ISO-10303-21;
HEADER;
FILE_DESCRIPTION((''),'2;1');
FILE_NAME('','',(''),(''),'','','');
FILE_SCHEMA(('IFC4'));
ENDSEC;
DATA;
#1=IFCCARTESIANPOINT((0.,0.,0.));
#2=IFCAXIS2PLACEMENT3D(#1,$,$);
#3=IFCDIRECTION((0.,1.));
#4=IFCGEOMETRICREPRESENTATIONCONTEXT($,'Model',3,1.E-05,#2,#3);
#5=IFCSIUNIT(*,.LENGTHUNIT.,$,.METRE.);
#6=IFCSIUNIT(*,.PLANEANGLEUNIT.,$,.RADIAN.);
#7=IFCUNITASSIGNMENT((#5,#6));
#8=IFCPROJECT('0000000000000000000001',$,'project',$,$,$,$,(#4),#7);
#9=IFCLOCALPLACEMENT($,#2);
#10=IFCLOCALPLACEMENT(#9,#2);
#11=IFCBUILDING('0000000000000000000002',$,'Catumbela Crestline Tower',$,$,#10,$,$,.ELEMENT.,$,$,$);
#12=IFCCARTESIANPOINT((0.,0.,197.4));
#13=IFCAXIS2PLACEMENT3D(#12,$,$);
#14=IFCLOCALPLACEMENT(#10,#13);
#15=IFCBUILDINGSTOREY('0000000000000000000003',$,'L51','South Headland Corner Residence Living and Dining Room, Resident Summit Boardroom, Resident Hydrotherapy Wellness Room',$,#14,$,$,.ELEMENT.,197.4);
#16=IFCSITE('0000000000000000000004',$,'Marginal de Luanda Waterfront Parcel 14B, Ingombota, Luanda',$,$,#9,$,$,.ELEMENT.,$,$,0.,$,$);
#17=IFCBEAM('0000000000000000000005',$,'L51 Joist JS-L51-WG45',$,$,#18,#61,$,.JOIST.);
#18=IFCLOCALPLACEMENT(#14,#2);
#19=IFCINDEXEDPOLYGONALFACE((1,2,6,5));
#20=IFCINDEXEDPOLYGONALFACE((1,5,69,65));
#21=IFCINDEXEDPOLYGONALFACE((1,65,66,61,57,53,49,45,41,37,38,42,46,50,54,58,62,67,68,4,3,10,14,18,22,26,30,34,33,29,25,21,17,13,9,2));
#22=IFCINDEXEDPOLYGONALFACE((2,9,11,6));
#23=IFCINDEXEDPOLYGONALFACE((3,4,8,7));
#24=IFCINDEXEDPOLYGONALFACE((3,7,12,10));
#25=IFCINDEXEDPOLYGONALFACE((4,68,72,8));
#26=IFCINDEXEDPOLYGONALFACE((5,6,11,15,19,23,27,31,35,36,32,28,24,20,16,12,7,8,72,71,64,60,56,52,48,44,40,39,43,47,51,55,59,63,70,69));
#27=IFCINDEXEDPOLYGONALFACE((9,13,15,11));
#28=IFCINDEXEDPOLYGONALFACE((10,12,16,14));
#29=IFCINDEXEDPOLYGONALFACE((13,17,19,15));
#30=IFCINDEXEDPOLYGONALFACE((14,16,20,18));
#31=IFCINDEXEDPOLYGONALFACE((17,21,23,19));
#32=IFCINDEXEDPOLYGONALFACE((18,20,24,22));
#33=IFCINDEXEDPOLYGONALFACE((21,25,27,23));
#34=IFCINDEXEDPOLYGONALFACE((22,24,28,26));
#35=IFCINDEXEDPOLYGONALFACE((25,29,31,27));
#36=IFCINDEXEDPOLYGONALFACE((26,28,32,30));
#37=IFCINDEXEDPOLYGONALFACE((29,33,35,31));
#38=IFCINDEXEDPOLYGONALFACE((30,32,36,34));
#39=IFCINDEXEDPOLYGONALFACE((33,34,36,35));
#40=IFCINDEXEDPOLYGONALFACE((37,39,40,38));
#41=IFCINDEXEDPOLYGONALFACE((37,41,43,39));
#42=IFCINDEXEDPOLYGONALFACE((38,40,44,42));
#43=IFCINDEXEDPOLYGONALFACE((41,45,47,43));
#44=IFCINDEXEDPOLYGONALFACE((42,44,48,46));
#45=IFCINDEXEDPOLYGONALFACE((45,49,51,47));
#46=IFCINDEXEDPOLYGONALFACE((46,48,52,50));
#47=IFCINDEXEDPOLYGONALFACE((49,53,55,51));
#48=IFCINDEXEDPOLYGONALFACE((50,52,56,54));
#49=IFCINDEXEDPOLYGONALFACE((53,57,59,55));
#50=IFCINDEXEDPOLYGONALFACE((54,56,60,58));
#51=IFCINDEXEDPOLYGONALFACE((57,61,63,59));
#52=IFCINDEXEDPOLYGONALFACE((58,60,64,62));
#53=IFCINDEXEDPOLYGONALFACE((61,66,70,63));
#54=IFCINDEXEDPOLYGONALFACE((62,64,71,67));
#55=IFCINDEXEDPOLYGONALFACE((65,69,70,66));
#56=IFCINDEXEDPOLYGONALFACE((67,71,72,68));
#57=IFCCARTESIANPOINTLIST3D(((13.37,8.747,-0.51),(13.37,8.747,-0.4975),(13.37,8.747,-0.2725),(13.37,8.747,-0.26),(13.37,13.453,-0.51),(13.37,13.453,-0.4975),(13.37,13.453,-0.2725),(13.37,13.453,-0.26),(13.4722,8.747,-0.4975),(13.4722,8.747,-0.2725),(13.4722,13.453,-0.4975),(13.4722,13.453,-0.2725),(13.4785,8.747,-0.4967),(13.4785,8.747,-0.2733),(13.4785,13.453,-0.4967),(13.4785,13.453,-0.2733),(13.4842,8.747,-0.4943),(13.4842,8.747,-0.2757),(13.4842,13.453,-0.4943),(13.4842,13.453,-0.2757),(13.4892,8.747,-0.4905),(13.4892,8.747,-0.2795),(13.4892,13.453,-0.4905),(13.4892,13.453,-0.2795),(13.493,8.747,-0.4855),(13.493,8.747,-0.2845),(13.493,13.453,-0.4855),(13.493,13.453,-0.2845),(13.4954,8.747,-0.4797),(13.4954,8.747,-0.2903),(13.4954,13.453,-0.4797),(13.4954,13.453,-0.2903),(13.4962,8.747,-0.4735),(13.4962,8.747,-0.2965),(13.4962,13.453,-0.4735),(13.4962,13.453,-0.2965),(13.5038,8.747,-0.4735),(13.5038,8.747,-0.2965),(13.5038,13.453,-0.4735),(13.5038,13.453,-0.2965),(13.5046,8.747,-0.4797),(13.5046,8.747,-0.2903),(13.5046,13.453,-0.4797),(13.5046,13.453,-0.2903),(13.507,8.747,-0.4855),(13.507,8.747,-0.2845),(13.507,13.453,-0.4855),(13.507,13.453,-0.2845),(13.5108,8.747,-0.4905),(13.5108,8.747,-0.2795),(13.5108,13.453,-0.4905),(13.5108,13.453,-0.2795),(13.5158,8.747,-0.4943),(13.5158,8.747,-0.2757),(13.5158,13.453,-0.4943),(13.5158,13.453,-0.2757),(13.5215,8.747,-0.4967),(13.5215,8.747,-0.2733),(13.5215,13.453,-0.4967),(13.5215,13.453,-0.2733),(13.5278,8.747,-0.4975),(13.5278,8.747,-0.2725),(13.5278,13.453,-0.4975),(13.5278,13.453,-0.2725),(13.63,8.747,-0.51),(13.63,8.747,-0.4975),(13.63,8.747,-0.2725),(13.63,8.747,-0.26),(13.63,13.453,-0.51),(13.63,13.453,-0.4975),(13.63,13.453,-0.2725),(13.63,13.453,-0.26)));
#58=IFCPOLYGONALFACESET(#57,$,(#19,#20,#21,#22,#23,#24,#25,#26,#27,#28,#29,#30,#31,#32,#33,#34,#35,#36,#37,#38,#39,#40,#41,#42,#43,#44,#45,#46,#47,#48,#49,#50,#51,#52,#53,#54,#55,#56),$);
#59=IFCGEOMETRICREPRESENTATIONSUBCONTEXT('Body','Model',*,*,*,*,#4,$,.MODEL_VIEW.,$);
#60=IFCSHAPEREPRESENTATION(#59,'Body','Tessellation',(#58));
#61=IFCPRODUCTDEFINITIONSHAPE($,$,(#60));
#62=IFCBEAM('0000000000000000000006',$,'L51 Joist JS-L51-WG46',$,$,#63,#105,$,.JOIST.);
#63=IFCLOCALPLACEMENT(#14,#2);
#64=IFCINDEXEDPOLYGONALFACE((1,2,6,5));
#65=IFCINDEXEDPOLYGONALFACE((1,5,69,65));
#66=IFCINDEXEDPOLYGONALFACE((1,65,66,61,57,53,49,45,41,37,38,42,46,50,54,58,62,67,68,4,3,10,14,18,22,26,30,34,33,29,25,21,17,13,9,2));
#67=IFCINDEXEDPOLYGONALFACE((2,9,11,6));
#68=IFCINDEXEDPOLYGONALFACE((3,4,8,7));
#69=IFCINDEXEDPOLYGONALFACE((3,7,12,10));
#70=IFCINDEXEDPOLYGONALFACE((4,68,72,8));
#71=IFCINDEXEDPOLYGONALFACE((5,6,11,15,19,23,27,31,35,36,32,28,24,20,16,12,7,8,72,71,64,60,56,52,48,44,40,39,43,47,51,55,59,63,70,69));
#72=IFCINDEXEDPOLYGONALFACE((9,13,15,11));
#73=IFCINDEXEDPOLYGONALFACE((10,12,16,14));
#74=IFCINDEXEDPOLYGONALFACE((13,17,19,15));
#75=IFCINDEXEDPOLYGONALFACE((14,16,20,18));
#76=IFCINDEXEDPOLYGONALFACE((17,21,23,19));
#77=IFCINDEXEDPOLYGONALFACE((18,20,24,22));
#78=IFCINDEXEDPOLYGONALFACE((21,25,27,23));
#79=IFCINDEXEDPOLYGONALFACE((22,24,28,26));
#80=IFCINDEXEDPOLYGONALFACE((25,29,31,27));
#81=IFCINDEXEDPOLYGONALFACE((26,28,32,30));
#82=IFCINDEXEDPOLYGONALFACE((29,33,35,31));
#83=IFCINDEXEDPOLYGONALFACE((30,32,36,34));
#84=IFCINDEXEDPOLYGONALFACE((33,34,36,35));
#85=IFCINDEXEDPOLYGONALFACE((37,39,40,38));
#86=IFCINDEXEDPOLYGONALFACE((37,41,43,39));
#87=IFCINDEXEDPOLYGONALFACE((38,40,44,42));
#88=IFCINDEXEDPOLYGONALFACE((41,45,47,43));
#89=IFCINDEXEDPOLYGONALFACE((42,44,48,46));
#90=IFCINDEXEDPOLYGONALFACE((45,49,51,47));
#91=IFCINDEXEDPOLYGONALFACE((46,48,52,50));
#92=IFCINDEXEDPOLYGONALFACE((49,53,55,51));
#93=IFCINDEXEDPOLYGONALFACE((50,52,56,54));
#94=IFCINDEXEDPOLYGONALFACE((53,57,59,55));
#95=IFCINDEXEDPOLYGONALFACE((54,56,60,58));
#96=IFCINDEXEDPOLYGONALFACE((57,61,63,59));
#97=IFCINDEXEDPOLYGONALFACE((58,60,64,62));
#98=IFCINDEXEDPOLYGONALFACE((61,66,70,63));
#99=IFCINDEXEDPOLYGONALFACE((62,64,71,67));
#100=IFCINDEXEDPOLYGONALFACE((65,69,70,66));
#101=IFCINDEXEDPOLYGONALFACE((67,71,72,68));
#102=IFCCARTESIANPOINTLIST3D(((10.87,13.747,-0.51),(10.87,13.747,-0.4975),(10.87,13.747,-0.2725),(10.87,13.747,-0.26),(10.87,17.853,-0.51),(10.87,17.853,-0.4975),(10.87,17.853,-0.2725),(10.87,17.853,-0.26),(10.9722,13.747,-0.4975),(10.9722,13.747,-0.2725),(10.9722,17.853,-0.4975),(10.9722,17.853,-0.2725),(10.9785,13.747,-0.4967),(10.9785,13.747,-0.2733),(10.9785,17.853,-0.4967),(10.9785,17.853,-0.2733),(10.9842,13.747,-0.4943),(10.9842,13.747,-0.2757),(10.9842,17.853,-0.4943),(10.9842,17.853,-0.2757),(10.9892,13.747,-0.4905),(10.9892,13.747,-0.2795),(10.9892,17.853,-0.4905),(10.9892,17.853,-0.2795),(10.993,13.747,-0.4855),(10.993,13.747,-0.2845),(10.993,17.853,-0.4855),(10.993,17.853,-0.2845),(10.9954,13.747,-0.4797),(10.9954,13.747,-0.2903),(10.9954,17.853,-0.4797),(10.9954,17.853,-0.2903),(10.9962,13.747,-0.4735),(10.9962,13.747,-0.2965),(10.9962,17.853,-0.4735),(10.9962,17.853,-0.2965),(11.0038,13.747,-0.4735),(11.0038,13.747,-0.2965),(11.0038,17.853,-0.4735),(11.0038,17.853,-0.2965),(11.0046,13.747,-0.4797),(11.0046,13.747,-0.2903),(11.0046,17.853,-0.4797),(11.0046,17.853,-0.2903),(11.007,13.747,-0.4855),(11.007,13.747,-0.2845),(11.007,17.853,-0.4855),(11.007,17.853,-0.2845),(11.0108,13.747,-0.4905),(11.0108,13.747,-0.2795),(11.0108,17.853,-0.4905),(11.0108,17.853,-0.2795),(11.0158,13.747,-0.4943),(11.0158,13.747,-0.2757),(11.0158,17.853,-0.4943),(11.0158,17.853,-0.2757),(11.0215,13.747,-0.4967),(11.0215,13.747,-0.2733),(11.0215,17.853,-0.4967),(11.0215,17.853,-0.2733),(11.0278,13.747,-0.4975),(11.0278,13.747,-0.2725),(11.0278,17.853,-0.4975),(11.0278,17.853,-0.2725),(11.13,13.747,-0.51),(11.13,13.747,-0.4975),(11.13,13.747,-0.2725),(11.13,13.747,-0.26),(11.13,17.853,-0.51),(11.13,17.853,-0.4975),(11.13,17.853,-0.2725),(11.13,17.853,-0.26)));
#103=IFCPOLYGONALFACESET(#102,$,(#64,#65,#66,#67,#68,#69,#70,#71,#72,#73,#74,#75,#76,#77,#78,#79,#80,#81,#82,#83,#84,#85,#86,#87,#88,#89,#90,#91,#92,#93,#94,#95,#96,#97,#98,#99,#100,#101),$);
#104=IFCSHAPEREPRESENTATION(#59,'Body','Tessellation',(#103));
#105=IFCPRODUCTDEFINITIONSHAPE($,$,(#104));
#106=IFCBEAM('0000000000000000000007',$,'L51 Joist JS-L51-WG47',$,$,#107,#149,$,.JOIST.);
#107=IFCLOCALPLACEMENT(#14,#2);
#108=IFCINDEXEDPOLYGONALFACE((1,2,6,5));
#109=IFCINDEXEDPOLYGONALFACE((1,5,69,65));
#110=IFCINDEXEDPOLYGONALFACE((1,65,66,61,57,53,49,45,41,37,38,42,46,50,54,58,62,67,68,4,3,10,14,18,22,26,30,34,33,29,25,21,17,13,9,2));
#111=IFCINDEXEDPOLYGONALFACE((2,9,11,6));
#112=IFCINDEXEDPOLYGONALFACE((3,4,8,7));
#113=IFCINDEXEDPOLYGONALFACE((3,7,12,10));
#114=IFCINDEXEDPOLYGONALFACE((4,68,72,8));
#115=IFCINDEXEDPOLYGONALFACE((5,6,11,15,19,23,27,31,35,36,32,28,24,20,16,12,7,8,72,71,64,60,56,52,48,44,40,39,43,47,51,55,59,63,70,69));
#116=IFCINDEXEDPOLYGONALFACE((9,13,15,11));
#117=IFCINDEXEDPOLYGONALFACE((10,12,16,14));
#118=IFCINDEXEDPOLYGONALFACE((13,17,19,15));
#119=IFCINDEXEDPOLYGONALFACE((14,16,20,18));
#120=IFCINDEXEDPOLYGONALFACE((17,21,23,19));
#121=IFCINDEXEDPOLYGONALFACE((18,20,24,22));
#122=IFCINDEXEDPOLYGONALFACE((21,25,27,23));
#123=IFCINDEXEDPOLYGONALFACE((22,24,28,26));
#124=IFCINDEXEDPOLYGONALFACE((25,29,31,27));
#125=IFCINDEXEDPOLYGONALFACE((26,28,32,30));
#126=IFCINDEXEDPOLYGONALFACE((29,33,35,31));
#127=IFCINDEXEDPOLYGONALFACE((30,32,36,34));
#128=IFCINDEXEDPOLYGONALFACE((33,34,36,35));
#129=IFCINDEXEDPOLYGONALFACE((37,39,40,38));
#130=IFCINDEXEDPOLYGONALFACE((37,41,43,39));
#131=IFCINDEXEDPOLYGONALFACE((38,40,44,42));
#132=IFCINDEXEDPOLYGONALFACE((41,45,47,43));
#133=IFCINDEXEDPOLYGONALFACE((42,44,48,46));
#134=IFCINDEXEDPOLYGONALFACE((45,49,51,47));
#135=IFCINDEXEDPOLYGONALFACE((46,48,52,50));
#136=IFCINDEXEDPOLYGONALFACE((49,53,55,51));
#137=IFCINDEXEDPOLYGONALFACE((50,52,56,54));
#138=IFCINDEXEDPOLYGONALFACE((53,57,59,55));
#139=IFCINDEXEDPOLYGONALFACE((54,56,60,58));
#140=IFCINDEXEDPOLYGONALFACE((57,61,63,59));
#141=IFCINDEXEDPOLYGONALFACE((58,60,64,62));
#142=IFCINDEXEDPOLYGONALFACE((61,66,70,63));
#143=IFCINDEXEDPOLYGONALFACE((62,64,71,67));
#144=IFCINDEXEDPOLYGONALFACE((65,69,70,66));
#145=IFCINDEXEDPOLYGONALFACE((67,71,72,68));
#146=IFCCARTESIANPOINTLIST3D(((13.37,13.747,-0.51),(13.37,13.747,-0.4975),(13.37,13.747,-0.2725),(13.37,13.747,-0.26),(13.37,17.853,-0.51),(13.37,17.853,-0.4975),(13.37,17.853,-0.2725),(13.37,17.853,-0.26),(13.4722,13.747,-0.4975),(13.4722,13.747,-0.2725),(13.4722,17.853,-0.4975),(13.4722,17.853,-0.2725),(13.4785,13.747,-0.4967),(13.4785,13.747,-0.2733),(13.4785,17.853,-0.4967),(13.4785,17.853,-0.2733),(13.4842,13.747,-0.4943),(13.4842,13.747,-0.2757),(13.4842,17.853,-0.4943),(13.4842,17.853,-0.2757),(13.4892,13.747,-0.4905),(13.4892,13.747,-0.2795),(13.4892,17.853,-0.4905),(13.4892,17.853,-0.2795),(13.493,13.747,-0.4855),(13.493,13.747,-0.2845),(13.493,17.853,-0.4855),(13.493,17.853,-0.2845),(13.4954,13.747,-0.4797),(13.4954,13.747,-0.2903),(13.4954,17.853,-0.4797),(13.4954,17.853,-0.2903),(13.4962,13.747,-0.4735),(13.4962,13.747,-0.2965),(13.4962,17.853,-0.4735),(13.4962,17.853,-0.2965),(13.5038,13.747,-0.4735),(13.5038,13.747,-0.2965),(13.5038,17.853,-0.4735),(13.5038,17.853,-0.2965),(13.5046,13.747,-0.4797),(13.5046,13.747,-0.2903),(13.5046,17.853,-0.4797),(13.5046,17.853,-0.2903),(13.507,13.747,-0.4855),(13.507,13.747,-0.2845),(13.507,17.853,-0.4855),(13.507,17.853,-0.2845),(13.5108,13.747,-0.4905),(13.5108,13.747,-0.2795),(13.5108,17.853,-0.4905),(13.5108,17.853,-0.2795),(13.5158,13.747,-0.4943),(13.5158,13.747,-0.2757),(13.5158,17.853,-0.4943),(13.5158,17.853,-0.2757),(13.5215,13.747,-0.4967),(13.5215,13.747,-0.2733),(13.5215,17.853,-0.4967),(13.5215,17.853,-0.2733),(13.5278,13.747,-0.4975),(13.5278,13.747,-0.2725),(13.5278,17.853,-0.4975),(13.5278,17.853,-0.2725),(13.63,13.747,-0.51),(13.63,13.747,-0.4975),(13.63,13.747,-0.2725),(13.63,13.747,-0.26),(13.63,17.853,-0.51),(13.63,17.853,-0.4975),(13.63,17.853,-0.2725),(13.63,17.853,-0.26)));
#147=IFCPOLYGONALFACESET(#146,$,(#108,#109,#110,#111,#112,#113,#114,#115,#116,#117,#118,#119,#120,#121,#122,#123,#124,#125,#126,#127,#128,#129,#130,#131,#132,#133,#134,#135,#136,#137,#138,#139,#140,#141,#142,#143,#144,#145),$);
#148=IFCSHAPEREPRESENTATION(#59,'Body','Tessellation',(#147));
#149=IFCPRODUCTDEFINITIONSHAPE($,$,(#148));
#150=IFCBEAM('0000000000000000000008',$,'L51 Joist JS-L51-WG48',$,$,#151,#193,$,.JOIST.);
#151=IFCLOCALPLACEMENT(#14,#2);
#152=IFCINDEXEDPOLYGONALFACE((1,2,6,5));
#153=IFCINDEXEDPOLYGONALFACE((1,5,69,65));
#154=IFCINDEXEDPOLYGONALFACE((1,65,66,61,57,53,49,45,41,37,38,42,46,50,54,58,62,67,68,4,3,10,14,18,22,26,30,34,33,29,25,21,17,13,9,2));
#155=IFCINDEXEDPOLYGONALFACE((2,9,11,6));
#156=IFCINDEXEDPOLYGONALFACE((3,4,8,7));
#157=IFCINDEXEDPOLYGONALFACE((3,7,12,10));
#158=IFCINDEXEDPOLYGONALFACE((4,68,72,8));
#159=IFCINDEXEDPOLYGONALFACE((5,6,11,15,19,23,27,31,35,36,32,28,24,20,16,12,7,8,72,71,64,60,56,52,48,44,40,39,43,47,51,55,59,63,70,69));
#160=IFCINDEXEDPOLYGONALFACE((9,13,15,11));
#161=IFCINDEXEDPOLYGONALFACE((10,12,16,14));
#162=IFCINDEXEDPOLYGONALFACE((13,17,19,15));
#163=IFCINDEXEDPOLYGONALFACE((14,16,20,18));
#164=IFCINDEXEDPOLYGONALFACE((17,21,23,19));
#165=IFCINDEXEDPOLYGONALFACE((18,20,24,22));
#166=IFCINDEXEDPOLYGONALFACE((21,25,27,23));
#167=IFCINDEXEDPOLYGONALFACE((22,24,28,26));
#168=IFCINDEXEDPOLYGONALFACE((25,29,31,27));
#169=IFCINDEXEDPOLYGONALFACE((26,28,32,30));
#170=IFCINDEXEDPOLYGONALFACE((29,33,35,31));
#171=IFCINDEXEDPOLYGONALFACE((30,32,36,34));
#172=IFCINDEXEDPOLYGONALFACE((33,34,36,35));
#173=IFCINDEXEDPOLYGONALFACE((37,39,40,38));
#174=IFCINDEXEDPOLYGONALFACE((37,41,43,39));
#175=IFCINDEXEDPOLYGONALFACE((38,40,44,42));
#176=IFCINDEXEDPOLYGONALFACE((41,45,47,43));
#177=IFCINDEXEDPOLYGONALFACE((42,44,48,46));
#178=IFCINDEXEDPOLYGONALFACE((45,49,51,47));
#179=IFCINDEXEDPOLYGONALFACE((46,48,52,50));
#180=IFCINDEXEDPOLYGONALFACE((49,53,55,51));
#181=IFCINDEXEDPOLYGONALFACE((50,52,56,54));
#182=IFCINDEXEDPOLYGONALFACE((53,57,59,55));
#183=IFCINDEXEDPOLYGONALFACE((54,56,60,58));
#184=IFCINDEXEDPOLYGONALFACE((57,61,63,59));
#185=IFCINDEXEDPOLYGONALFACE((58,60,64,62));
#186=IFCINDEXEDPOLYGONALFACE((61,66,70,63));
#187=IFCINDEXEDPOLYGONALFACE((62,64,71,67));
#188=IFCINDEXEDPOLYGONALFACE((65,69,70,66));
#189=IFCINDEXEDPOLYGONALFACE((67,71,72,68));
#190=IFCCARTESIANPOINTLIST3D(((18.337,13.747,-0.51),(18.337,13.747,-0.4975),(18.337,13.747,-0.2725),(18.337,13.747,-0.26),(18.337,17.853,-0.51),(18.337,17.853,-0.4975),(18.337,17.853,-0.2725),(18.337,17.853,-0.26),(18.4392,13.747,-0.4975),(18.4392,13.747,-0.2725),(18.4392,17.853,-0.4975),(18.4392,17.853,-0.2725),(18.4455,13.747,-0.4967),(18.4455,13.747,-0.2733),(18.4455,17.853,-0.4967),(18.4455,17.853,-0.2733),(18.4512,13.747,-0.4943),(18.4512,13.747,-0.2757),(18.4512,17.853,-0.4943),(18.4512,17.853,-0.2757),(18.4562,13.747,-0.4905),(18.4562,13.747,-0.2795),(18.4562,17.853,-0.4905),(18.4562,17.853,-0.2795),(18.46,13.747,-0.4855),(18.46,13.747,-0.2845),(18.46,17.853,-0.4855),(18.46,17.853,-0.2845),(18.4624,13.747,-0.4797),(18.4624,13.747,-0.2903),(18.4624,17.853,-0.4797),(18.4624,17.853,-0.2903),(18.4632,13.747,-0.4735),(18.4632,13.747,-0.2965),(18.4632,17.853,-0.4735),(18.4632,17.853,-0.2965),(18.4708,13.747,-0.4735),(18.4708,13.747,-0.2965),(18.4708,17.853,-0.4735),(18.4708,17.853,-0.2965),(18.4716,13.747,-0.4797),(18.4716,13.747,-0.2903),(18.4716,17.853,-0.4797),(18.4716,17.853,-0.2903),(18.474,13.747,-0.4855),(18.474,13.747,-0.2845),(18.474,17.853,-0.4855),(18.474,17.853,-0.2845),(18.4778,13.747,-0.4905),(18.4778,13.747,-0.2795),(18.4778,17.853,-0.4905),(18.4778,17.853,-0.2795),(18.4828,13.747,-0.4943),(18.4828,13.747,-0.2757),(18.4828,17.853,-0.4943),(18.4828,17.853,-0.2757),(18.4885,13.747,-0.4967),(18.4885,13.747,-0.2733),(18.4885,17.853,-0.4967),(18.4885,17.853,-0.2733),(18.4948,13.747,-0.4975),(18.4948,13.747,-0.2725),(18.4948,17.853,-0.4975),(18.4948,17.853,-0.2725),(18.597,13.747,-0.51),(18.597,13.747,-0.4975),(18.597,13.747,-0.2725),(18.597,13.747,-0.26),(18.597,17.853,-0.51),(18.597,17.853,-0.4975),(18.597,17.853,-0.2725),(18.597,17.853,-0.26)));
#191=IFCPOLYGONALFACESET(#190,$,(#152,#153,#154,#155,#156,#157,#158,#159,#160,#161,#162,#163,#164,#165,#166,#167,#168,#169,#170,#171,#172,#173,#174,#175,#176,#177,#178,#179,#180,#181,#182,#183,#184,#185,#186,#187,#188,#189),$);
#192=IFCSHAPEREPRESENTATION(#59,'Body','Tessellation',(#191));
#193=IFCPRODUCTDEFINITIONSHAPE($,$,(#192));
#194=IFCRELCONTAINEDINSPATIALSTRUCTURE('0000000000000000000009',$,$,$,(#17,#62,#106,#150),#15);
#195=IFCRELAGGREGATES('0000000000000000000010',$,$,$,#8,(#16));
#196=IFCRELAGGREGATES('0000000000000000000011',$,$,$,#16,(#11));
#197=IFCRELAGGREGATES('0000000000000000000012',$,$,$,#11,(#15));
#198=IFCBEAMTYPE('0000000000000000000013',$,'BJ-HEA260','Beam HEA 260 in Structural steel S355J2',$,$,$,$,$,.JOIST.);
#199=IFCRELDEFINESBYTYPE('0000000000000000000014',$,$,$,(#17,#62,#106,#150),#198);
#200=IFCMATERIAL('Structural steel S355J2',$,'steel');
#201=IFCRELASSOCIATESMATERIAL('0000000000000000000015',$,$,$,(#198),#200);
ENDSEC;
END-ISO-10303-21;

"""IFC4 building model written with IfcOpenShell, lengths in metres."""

from ifc_helpers import new_model, si_unit, direction, frame, origin, origin_2d, place, context, subcontext, project, spatial, i_section, extrude, material, material_profile, profile_set, type_object, element, save


model = new_model("IFC4")

# Units and contexts
model_context = context("Model", 3, precision=1e-05, world=origin(), true_north=direction((0.0, 1.0)))
body_context = subcontext(model_context, "Body", "Model", "MODEL_VIEW")
ifc_project = project(units=[si_unit("LENGTHUNIT", "METRE"), si_unit("PLANEANGLEUNIT", "RADIAN")], contexts=[model_context])

# Site, building, storey
site_placement = place(None, origin())
site = spatial("IfcSite", under=ifc_project, at=site_placement, Name="Marginal de Luanda Waterfront Parcel 14B, Ingombota, Luanda", CompositionType="ELEMENT", RefElevation=0.0)
building_placement = place(site_placement, origin())
building = spatial("IfcBuilding", under=site, at=building_placement, Name="Catumbela Crestline Tower", CompositionType="ELEMENT")
storey_placement = place(building_placement, frame((0.0, 0.0, 197.4)))
storey = spatial("IfcBuildingStorey", under=building, at=storey_placement, Name="L51", Description="South Headland Corner Residence Living and Dining Room, Resident Summit Boardroom, Resident Hydrotherapy Wellness Room", CompositionType="ELEMENT", Elevation=197.4)

# Shared definitions
ifc_material_1 = material(Name="Structural steel S355J2", Category="steel")

# Beams
ifc_material_profile_1 = material_profile(ifc_material_1, i_section(OverallWidth=0.26, OverallDepth=0.25, WebThickness=0.0075, FlangeThickness=0.0125, FilletRadius=0.024, at=origin_2d()), Name="HEA 260")
ifc_profile_set_1 = profile_set([ifc_material_profile_1], Name="Structural steel S355J2")
beam_type_1 = type_object("IfcBeamType", Name="BJ-HEA260", Description="Beam HEA 260 in Structural steel S355J2", PredefinedType="JOIST", material=ifc_profile_set_1)
for number, where, z_axis, x_axis, name in (
    (1, (13.5, 8.747, -0.385), (0.0, 1.0, 0.0), (-1.0, 0.0, 0.0), "L51 Joist JS-L51-WG45"),
):
    element("IfcBeam", number, at=place(storey_placement, frame(where, z_axis=z_axis, x_axis=x_axis)), inside=storey, type_object=beam_type_1, Name=name, PredefinedType="JOIST", context=body_context, shape_type="SweptSolid", body=[
        extrude(i_section(OverallWidth=0.26, OverallDepth=0.25, WebThickness=0.0075, FlangeThickness=0.0125, FilletRadius=0.024, at=origin_2d()), origin(), (0.0, 0.0, 1.0), 4.706),
    ])
for number, where, z_axis, x_axis, name in (
    (2, (11.0, 13.747, -0.385), (0.0, 1.0, 0.0), (-1.0, 0.0, 0.0), "L51 Joist JS-L51-WG46"),
    (3, (13.5, 13.747, -0.385), (0.0, 1.0, 0.0), (-1.0, 0.0, 0.0), "L51 Joist JS-L51-WG47"),
    (4, (18.467, 13.747, -0.385), (0.0, 1.0, 0.0), (-1.0, 0.0, 0.0), "L51 Joist JS-L51-WG48"),
):
    element("IfcBeam", number, at=place(storey_placement, frame(where, z_axis=z_axis, x_axis=x_axis)), inside=storey, type_object=beam_type_1, Name=name, PredefinedType="JOIST", context=body_context, shape_type="SweptSolid", body=[
        extrude(i_section(OverallWidth=0.26, OverallDepth=0.25, WebThickness=0.0075, FlangeThickness=0.0125, FilletRadius=0.024, at=origin_2d()), origin(), (0.0, 0.0, 1.0), 4.106),
    ])

save(model, "model.ifc")
